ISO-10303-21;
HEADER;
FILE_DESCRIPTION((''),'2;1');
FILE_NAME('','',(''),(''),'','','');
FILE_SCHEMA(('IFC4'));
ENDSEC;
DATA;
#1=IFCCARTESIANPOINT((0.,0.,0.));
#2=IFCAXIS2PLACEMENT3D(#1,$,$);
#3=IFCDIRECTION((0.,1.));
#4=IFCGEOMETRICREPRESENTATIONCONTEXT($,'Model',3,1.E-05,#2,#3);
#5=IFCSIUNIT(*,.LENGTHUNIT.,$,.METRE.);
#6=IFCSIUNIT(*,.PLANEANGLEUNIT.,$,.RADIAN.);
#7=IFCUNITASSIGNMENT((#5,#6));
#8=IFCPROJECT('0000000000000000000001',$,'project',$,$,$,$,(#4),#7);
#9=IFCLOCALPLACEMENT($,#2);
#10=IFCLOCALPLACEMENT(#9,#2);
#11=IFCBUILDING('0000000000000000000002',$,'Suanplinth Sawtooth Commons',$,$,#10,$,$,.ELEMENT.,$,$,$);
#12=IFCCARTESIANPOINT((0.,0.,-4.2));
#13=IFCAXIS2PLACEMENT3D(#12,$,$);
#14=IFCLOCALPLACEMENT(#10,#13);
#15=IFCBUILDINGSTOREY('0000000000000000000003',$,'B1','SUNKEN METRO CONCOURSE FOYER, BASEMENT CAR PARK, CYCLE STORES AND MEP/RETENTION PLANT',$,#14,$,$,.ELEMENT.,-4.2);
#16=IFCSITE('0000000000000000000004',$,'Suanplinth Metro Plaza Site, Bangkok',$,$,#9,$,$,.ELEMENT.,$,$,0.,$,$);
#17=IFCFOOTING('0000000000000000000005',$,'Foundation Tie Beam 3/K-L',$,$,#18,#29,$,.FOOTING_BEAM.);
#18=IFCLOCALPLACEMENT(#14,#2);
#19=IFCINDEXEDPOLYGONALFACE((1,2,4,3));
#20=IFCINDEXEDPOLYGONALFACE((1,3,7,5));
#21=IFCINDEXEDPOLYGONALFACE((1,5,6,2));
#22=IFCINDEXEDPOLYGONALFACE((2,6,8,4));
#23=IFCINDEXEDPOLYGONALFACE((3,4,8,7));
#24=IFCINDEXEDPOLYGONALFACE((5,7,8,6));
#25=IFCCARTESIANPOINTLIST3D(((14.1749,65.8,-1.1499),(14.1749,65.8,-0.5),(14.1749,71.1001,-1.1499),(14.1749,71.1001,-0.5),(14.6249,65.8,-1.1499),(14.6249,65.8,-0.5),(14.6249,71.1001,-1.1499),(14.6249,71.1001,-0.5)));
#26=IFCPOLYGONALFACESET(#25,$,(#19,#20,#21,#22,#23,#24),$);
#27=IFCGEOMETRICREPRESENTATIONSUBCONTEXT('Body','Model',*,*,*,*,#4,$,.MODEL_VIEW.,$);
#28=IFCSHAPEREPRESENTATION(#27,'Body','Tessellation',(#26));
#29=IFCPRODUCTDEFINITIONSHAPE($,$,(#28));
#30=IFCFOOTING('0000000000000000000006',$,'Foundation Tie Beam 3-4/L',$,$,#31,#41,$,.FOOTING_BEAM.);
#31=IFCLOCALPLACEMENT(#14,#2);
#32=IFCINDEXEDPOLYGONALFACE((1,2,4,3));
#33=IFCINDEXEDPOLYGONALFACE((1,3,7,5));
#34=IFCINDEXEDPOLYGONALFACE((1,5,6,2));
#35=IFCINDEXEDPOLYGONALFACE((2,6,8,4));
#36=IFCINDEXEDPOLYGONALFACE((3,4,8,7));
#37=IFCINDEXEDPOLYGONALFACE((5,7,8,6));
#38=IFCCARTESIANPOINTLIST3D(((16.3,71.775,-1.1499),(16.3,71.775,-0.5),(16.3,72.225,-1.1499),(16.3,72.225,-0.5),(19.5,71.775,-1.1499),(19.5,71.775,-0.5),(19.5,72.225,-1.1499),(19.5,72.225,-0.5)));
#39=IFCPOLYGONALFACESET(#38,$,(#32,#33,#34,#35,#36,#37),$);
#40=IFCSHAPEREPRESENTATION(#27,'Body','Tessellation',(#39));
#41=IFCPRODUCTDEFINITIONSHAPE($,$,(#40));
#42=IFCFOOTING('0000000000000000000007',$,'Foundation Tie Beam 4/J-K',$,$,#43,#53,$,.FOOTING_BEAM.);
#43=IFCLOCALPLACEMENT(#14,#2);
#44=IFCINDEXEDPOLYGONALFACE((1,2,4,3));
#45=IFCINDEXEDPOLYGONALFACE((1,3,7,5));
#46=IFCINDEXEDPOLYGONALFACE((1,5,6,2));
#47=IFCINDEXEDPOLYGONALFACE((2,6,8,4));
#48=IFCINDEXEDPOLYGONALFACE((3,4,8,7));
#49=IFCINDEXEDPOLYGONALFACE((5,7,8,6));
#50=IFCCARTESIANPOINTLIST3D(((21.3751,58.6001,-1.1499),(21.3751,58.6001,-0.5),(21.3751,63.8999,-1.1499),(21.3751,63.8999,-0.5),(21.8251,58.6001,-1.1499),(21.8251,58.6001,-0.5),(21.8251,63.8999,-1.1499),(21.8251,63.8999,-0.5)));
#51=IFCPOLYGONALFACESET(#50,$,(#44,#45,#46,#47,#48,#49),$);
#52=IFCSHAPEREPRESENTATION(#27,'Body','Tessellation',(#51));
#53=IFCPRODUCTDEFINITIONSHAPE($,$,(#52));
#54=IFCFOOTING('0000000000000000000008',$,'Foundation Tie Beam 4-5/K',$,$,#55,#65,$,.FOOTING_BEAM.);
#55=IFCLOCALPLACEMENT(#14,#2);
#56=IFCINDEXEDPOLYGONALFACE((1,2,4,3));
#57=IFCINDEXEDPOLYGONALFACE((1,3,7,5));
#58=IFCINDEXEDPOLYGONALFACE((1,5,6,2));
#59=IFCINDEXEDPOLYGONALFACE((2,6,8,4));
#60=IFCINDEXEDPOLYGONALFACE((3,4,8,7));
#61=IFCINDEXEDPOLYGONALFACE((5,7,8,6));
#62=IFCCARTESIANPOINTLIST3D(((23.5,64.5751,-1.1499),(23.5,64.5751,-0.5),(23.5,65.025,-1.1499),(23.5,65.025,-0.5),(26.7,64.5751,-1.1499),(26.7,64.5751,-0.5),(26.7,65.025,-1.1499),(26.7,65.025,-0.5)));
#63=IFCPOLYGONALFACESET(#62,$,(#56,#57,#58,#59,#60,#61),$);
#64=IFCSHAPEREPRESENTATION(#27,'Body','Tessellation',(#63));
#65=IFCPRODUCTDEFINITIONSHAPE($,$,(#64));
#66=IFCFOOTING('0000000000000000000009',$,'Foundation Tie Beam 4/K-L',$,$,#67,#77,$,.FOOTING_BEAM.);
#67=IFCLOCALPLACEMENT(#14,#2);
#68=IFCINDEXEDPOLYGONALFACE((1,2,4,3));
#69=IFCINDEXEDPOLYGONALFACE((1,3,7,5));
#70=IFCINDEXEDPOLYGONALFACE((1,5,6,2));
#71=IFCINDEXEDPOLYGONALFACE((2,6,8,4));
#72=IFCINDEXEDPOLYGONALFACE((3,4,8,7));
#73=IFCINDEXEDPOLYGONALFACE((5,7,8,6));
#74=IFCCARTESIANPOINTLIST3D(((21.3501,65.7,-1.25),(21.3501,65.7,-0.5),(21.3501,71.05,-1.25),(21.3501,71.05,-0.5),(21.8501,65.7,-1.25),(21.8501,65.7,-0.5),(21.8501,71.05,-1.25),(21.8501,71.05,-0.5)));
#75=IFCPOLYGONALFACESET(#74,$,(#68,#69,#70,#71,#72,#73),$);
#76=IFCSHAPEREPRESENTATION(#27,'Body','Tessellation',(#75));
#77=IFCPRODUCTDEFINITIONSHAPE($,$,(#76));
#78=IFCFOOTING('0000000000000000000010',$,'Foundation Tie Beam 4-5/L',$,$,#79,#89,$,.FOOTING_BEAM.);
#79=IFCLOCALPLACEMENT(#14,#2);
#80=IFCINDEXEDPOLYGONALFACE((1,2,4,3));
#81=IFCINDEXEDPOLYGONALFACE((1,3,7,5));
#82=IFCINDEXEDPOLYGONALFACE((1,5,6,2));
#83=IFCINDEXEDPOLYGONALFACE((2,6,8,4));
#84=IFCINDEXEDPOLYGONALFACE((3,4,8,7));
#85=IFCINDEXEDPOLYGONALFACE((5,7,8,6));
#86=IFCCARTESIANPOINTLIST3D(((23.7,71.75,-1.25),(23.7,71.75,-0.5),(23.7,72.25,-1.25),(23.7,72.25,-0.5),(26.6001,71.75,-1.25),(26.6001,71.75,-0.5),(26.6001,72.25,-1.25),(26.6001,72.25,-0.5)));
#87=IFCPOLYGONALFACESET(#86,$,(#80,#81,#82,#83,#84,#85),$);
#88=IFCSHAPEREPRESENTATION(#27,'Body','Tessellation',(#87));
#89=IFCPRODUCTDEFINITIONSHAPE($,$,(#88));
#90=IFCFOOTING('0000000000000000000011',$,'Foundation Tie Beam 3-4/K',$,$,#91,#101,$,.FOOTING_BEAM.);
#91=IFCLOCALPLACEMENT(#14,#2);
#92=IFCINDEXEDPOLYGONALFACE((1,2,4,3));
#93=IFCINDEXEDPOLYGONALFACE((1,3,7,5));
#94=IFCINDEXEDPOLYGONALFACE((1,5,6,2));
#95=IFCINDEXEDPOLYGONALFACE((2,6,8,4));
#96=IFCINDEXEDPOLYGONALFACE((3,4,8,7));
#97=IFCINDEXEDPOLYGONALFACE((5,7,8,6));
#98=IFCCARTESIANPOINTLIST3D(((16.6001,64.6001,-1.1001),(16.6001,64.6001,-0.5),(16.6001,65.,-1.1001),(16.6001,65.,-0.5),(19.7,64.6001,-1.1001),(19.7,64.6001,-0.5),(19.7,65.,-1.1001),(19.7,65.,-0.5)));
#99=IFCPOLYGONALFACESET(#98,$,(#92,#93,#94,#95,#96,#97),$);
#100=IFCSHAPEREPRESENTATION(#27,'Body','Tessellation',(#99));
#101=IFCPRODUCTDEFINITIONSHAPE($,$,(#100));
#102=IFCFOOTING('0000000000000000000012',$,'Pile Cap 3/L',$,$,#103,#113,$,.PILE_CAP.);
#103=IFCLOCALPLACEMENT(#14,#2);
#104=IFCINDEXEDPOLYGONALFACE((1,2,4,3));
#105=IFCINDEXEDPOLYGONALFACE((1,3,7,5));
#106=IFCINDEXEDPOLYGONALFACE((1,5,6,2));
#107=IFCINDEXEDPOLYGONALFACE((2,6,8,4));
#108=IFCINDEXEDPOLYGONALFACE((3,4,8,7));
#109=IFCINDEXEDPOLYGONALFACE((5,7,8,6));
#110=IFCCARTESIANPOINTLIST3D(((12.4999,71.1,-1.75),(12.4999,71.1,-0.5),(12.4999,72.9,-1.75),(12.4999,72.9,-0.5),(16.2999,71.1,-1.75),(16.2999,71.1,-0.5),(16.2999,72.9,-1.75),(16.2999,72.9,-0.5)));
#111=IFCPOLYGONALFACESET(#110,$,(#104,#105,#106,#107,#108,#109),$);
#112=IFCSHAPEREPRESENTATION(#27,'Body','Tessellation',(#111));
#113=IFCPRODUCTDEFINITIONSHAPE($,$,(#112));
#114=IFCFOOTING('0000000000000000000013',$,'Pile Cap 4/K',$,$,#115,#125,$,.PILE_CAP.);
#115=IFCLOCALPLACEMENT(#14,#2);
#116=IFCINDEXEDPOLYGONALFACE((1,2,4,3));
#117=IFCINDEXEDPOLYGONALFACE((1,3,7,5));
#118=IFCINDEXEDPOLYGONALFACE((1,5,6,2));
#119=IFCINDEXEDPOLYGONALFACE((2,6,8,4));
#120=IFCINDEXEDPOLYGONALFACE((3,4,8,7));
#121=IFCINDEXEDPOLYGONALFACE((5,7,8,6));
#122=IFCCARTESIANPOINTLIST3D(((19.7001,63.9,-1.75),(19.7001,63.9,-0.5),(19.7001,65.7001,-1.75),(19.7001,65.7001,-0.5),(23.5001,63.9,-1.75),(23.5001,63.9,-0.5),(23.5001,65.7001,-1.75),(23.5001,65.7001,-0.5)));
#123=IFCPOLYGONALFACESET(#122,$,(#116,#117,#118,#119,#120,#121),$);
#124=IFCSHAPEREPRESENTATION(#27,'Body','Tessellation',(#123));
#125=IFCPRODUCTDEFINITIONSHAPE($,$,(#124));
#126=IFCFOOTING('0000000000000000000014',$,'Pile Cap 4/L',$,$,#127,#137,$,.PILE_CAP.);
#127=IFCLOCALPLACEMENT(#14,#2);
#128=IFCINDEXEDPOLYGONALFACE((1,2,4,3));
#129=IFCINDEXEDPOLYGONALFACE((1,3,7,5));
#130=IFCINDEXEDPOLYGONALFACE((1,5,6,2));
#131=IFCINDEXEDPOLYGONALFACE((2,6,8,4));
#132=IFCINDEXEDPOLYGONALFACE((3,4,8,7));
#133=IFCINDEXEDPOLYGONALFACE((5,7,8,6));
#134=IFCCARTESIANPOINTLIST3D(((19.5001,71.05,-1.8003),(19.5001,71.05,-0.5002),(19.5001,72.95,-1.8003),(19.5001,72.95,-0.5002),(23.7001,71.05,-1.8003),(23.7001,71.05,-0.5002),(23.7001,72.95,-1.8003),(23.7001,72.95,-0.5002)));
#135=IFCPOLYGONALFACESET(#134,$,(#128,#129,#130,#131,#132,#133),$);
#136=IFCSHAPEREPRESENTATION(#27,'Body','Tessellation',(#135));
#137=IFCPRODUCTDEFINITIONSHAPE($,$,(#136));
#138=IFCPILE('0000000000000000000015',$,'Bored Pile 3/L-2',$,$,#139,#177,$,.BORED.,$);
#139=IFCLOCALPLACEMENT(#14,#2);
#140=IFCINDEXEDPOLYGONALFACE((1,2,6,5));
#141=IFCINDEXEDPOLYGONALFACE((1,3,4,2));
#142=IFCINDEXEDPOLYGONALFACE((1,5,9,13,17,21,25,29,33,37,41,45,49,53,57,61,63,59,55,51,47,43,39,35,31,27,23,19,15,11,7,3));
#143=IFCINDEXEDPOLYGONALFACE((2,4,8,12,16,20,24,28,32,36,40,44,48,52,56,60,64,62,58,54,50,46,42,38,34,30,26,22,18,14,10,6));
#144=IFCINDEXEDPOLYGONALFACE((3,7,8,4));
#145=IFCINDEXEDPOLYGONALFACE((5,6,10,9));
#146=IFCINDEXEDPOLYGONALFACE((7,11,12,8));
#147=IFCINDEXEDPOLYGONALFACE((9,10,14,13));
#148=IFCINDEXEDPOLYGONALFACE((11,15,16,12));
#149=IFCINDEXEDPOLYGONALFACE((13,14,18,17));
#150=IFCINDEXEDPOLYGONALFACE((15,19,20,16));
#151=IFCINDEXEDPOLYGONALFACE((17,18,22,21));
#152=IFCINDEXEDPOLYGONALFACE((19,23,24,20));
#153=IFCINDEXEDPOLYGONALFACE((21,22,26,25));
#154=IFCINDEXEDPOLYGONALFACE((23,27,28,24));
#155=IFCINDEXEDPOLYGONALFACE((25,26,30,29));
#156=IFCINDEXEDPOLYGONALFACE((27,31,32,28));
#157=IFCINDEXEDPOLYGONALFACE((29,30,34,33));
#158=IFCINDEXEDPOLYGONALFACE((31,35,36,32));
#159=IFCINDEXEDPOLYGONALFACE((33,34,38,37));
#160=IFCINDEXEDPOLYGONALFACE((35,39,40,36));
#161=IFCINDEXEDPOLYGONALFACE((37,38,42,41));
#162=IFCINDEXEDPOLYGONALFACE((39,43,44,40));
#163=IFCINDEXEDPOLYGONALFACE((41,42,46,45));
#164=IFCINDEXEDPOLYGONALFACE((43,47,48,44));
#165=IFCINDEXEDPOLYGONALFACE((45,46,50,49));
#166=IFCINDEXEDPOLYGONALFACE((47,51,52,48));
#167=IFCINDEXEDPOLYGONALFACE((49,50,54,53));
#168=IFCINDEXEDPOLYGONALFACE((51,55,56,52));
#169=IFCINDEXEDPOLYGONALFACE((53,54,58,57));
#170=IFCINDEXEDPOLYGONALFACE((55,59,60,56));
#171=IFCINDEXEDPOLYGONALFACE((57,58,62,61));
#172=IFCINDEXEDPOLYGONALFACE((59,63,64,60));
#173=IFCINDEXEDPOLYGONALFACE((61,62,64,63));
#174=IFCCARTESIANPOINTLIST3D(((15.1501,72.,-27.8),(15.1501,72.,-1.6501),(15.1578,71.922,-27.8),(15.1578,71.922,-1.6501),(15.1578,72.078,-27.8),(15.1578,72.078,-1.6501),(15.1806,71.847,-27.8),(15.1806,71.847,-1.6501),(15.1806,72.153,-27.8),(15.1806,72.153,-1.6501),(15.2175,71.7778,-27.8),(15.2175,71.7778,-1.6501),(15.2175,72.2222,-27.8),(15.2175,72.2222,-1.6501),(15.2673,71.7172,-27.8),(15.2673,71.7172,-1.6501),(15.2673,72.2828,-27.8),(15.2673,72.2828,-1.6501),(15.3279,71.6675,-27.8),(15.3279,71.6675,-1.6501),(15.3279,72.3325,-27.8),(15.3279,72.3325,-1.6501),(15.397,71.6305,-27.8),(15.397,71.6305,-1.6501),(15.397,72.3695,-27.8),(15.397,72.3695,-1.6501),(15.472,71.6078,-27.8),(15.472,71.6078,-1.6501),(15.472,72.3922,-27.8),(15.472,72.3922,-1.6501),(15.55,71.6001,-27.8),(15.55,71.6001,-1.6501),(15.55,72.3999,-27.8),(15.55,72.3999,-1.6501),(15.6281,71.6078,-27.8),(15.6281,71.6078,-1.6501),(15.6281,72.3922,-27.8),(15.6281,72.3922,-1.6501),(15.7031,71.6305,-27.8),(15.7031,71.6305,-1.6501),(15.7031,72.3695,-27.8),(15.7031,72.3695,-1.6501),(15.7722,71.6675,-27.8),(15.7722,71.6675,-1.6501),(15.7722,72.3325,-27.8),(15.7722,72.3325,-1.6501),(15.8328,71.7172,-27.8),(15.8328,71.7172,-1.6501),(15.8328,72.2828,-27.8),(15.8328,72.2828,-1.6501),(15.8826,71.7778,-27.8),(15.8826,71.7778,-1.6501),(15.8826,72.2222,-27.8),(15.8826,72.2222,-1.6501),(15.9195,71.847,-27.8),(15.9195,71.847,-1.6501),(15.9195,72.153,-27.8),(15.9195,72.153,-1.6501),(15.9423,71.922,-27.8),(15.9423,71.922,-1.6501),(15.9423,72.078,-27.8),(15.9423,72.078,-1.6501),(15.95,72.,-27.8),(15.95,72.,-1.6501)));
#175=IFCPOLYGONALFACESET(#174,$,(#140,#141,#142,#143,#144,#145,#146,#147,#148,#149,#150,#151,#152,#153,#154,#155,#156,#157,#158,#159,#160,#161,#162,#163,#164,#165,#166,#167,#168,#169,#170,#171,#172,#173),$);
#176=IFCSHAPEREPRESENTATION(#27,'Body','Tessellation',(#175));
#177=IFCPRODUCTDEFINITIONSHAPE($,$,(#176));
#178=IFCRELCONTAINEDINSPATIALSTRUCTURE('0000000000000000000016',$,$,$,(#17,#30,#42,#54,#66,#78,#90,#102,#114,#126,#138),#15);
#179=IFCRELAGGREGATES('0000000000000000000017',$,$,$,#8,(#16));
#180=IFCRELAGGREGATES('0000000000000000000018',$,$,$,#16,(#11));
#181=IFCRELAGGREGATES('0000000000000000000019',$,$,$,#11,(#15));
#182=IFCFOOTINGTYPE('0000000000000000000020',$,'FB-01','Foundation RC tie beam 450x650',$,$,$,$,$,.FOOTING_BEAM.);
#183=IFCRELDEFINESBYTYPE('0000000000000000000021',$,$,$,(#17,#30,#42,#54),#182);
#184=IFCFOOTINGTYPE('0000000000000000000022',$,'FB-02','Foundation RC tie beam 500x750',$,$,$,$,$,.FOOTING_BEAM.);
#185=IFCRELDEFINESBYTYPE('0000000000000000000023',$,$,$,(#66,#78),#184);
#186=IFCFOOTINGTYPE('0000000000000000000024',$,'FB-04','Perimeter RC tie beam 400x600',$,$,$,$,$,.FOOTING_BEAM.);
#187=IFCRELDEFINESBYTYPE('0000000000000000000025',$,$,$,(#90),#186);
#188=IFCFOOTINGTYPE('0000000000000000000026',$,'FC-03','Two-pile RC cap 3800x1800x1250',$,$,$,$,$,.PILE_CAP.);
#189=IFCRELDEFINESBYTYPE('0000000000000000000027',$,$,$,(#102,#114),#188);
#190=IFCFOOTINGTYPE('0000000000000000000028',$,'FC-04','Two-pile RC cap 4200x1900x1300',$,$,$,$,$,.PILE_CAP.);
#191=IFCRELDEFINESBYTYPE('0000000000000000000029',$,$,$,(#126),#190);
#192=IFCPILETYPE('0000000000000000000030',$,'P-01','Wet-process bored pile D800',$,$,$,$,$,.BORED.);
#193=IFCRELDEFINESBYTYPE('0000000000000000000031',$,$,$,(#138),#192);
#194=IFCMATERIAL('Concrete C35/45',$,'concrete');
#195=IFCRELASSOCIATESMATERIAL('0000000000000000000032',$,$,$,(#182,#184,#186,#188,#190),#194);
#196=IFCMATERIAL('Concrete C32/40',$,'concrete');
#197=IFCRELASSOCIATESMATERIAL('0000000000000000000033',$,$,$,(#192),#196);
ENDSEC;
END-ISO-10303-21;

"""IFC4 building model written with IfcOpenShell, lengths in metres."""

from ifc_helpers import new_model, si_unit, direction, frame, origin, origin_2d, place, context, subcontext, project, spatial, rectangle, circle, extrude, material, material_profile, profile_set, type_object, element, save


model = new_model("IFC4")

# Units and contexts
model_context = context("Model", 3, precision=1e-05, world=origin(), true_north=direction((0.0, 1.0)))
body_context = subcontext(model_context, "Body", "Model", "MODEL_VIEW")
ifc_project = project(units=[si_unit("LENGTHUNIT", "METRE"), si_unit("PLANEANGLEUNIT", "RADIAN")], contexts=[model_context])

# Site, building, storey
site_placement = place(None, origin())
site = spatial("IfcSite", under=ifc_project, at=site_placement, Name="Suanplinth Metro Plaza Site, Bangkok", CompositionType="ELEMENT", RefElevation=0.0)
building_placement = place(site_placement, origin())
building = spatial("IfcBuilding", under=site, at=building_placement, Name="Suanplinth Sawtooth Commons", CompositionType="ELEMENT")
storey_placement = place(building_placement, frame((0.0, 0.0, -4.2)))
storey = spatial("IfcBuildingStorey", under=building, at=storey_placement, Name="B1", Description="SUNKEN METRO CONCOURSE FOYER, BASEMENT CAR PARK, CYCLE STORES AND MEP/RETENTION PLANT", CompositionType="ELEMENT", Elevation=-4.2)

# Footings
ifc_material_1 = material(Name="Concrete C35/45", Category="concrete")
ifc_material_profile_1 = material_profile(ifc_material_1, rectangle(XDim=0.45, YDim=0.6499, at=origin_2d()), Name="PC-GDR 450x650")
ifc_profile_set_1 = profile_set([ifc_material_profile_1], Name="Concrete C35/45")
footing_type_1 = type_object("IfcFootingType", Name="FB-01", Description="Foundation RC tie beam 450x650", PredefinedType="FOOTING_BEAM", material=ifc_profile_set_1)
footing_1_placement = place(storey_placement, frame((14.3999, 65.8, -0.825), z_axis=(0.0, 1.0, 0.0), x_axis=(-1.0, 0.0, 0.0)))
element("IfcFooting", 1, at=footing_1_placement, inside=storey, type_object=footing_type_1, Name="Foundation Tie Beam 3/K-L", PredefinedType="FOOTING_BEAM", context=body_context, shape_type="SweptSolid", body=[
    extrude(rectangle(XDim=0.45, YDim=0.6499, at=origin_2d()), origin(), (0.0, 0.0, 1.0), 5.3),
])
footing_2_placement = place(storey_placement, frame((16.3, 72.0, -0.825), z_axis=(1.0, 0.0, 0.0), x_axis=(0.0, 1.0, 0.0)))
element("IfcFooting", 2, at=footing_2_placement, inside=storey, type_object=footing_type_1, Name="Foundation Tie Beam 3-4/L", PredefinedType="FOOTING_BEAM", context=body_context, shape_type="SweptSolid", body=[
    extrude(rectangle(XDim=0.45, YDim=0.6499, at=origin_2d()), origin(), (0.0, 0.0, 1.0), 3.2),
])
footing_3_placement = place(storey_placement, frame((21.6001, 58.6001, -0.825), z_axis=(0.0, 1.0, 0.0), x_axis=(-1.0, 0.0, 0.0)))
element("IfcFooting", 3, at=footing_3_placement, inside=storey, type_object=footing_type_1, Name="Foundation Tie Beam 4/J-K", PredefinedType="FOOTING_BEAM", context=body_context, shape_type="SweptSolid", body=[
    extrude(rectangle(XDim=0.45, YDim=0.6499, at=origin_2d()), origin(), (0.0, 0.0, 1.0), 5.2998),
])
footing_4_placement = place(storey_placement, frame((23.5, 64.8, -0.825), z_axis=(1.0, 0.0, 0.0), x_axis=(0.0, 1.0, 0.0)))
element("IfcFooting", 4, at=footing_4_placement, inside=storey, type_object=footing_type_1, Name="Foundation Tie Beam 4-5/K", PredefinedType="FOOTING_BEAM", context=body_context, shape_type="SweptSolid", body=[
    extrude(rectangle(XDim=0.45, YDim=0.6499, at=origin_2d()), origin(), (0.0, 0.0, 1.0), 3.2),
])
ifc_material_profile_2 = material_profile(ifc_material_1, rectangle(XDim=0.5, YDim=0.75, at=origin_2d()), Name="RC-GDR 500x750")
ifc_profile_set_2 = profile_set([ifc_material_profile_2], Name="Concrete C35/45")
footing_type_2 = type_object("IfcFootingType", Name="FB-02", Description="Foundation RC tie beam 500x750", PredefinedType="FOOTING_BEAM", material=ifc_profile_set_2)
footing_5_placement = place(storey_placement, frame((21.6001, 65.7, -0.875), z_axis=(0.0, 1.0, 0.0), x_axis=(-1.0, 0.0, 0.0)))
element("IfcFooting", 5, at=footing_5_placement, inside=storey, type_object=footing_type_2, Name="Foundation Tie Beam 4/K-L", PredefinedType="FOOTING_BEAM", context=body_context, shape_type="SweptSolid", body=[
    extrude(rectangle(XDim=0.5, YDim=0.75, at=origin_2d()), origin(), (0.0, 0.0, 1.0), 5.3501),
])
footing_6_placement = place(storey_placement, frame((23.7, 72.0, -0.875), z_axis=(1.0, 0.0, 0.0), x_axis=(0.0, 1.0, 0.0)))
element("IfcFooting", 6, at=footing_6_placement, inside=storey, type_object=footing_type_2, Name="Foundation Tie Beam 4-5/L", PredefinedType="FOOTING_BEAM", context=body_context, shape_type="SweptSolid", body=[
    extrude(rectangle(XDim=0.5, YDim=0.75, at=origin_2d()), origin(), (0.0, 0.0, 1.0), 2.9001),
])
ifc_material_profile_3 = material_profile(ifc_material_1, rectangle(XDim=0.3999, YDim=0.6001, at=origin_2d()), Name="PC-GDR 400x600")
ifc_profile_set_3 = profile_set([ifc_material_profile_3], Name="Concrete C35/45")
footing_type_3 = type_object("IfcFootingType", Name="FB-04", Description="Perimeter RC tie beam 400x600", PredefinedType="FOOTING_BEAM", material=ifc_profile_set_3)
footing_7_placement = place(storey_placement, frame((16.6001, 64.8, -0.8), z_axis=(1.0, 0.0, 0.0), x_axis=(0.0, 1.0, 0.0)))
element("IfcFooting", 7, at=footing_7_placement, inside=storey, type_object=footing_type_3, Name="Foundation Tie Beam 3-4/K", PredefinedType="FOOTING_BEAM", context=body_context, shape_type="SweptSolid", body=[
    extrude(rectangle(XDim=0.3999, YDim=0.6001, at=origin_2d()), origin(), (0.0, 0.0, 1.0), 3.0999),
])
footing_type_4 = type_object("IfcFootingType", Name="FC-03", Description="Two-pile RC cap 3800x1800x1250", PredefinedType="PILE_CAP", material=ifc_material_1)
for number, where, z_axis, x_axis, name in (
    (8, (14.3999, 72.0, -1.75), (0.0, 0.0, 1.0), (1.0, 0.0, 0.0), "Pile Cap 3/L"),
    (9, (21.6001, 64.8, -1.75), (0.0, 0.0, 1.0), (1.0, 0.0, 0.0), "Pile Cap 4/K"),
):
    element("IfcFooting", number, at=place(storey_placement, frame(where, z_axis=z_axis, x_axis=x_axis)), inside=storey, type_object=footing_type_4, Name=name, PredefinedType="PILE_CAP", context=body_context, shape_type="SweptSolid", body=[
        extrude(rectangle(XDim=3.8, YDim=1.8, at=origin_2d()), origin(), (0.0, 0.0, 1.0), 1.25),
    ])
footing_type_5 = type_object("IfcFootingType", Name="FC-04", Description="Two-pile RC cap 4200x1900x1300", PredefinedType="PILE_CAP", material=ifc_material_1)
footing_8_placement = place(storey_placement, frame((21.6001, 72.0, -1.8003), z_axis=(0.0, 0.0, 1.0), x_axis=(1.0, 0.0, 0.0)))
element("IfcFooting", 10, at=footing_8_placement, inside=storey, type_object=footing_type_5, Name="Pile Cap 4/L", PredefinedType="PILE_CAP", context=body_context, shape_type="SweptSolid", body=[
    extrude(rectangle(XDim=4.2, YDim=1.8999, at=origin_2d()), origin(), (0.0, 0.0, 1.0), 1.3),
])

# Pile
ifc_material_2 = material(Name="Concrete C32/40", Category="concrete")
ifc_material_profile_4 = material_profile(ifc_material_2, circle(Radius=0.3999, at=origin_2d()), Name="PILE D800")
ifc_profile_set_4 = profile_set([ifc_material_profile_4], Name="Concrete C32/40")
pile_type_1 = type_object("IfcPileType", Name="P-01", Description="Wet-process bored pile D800", PredefinedType="BORED", material=ifc_profile_set_4)
for number, where, z_axis, x_axis, name in (
    (11, (15.55, 72.0, -1.6501), (0.0, 0.0, -1.0), (1.0, 0.0, 0.0), "Bored Pile 3/L-2"),
):
    element("IfcPile", number, at=place(storey_placement, frame(where, z_axis=z_axis, x_axis=x_axis)), inside=storey, type_object=pile_type_1, Name=name, PredefinedType="BORED", context=body_context, shape_type="SweptSolid", body=[
        extrude(circle(Radius=0.3999, at=origin_2d()), origin(), (0.0, 0.0, 1.0), 26.1499),
    ])

save(model, "model.ifc")
